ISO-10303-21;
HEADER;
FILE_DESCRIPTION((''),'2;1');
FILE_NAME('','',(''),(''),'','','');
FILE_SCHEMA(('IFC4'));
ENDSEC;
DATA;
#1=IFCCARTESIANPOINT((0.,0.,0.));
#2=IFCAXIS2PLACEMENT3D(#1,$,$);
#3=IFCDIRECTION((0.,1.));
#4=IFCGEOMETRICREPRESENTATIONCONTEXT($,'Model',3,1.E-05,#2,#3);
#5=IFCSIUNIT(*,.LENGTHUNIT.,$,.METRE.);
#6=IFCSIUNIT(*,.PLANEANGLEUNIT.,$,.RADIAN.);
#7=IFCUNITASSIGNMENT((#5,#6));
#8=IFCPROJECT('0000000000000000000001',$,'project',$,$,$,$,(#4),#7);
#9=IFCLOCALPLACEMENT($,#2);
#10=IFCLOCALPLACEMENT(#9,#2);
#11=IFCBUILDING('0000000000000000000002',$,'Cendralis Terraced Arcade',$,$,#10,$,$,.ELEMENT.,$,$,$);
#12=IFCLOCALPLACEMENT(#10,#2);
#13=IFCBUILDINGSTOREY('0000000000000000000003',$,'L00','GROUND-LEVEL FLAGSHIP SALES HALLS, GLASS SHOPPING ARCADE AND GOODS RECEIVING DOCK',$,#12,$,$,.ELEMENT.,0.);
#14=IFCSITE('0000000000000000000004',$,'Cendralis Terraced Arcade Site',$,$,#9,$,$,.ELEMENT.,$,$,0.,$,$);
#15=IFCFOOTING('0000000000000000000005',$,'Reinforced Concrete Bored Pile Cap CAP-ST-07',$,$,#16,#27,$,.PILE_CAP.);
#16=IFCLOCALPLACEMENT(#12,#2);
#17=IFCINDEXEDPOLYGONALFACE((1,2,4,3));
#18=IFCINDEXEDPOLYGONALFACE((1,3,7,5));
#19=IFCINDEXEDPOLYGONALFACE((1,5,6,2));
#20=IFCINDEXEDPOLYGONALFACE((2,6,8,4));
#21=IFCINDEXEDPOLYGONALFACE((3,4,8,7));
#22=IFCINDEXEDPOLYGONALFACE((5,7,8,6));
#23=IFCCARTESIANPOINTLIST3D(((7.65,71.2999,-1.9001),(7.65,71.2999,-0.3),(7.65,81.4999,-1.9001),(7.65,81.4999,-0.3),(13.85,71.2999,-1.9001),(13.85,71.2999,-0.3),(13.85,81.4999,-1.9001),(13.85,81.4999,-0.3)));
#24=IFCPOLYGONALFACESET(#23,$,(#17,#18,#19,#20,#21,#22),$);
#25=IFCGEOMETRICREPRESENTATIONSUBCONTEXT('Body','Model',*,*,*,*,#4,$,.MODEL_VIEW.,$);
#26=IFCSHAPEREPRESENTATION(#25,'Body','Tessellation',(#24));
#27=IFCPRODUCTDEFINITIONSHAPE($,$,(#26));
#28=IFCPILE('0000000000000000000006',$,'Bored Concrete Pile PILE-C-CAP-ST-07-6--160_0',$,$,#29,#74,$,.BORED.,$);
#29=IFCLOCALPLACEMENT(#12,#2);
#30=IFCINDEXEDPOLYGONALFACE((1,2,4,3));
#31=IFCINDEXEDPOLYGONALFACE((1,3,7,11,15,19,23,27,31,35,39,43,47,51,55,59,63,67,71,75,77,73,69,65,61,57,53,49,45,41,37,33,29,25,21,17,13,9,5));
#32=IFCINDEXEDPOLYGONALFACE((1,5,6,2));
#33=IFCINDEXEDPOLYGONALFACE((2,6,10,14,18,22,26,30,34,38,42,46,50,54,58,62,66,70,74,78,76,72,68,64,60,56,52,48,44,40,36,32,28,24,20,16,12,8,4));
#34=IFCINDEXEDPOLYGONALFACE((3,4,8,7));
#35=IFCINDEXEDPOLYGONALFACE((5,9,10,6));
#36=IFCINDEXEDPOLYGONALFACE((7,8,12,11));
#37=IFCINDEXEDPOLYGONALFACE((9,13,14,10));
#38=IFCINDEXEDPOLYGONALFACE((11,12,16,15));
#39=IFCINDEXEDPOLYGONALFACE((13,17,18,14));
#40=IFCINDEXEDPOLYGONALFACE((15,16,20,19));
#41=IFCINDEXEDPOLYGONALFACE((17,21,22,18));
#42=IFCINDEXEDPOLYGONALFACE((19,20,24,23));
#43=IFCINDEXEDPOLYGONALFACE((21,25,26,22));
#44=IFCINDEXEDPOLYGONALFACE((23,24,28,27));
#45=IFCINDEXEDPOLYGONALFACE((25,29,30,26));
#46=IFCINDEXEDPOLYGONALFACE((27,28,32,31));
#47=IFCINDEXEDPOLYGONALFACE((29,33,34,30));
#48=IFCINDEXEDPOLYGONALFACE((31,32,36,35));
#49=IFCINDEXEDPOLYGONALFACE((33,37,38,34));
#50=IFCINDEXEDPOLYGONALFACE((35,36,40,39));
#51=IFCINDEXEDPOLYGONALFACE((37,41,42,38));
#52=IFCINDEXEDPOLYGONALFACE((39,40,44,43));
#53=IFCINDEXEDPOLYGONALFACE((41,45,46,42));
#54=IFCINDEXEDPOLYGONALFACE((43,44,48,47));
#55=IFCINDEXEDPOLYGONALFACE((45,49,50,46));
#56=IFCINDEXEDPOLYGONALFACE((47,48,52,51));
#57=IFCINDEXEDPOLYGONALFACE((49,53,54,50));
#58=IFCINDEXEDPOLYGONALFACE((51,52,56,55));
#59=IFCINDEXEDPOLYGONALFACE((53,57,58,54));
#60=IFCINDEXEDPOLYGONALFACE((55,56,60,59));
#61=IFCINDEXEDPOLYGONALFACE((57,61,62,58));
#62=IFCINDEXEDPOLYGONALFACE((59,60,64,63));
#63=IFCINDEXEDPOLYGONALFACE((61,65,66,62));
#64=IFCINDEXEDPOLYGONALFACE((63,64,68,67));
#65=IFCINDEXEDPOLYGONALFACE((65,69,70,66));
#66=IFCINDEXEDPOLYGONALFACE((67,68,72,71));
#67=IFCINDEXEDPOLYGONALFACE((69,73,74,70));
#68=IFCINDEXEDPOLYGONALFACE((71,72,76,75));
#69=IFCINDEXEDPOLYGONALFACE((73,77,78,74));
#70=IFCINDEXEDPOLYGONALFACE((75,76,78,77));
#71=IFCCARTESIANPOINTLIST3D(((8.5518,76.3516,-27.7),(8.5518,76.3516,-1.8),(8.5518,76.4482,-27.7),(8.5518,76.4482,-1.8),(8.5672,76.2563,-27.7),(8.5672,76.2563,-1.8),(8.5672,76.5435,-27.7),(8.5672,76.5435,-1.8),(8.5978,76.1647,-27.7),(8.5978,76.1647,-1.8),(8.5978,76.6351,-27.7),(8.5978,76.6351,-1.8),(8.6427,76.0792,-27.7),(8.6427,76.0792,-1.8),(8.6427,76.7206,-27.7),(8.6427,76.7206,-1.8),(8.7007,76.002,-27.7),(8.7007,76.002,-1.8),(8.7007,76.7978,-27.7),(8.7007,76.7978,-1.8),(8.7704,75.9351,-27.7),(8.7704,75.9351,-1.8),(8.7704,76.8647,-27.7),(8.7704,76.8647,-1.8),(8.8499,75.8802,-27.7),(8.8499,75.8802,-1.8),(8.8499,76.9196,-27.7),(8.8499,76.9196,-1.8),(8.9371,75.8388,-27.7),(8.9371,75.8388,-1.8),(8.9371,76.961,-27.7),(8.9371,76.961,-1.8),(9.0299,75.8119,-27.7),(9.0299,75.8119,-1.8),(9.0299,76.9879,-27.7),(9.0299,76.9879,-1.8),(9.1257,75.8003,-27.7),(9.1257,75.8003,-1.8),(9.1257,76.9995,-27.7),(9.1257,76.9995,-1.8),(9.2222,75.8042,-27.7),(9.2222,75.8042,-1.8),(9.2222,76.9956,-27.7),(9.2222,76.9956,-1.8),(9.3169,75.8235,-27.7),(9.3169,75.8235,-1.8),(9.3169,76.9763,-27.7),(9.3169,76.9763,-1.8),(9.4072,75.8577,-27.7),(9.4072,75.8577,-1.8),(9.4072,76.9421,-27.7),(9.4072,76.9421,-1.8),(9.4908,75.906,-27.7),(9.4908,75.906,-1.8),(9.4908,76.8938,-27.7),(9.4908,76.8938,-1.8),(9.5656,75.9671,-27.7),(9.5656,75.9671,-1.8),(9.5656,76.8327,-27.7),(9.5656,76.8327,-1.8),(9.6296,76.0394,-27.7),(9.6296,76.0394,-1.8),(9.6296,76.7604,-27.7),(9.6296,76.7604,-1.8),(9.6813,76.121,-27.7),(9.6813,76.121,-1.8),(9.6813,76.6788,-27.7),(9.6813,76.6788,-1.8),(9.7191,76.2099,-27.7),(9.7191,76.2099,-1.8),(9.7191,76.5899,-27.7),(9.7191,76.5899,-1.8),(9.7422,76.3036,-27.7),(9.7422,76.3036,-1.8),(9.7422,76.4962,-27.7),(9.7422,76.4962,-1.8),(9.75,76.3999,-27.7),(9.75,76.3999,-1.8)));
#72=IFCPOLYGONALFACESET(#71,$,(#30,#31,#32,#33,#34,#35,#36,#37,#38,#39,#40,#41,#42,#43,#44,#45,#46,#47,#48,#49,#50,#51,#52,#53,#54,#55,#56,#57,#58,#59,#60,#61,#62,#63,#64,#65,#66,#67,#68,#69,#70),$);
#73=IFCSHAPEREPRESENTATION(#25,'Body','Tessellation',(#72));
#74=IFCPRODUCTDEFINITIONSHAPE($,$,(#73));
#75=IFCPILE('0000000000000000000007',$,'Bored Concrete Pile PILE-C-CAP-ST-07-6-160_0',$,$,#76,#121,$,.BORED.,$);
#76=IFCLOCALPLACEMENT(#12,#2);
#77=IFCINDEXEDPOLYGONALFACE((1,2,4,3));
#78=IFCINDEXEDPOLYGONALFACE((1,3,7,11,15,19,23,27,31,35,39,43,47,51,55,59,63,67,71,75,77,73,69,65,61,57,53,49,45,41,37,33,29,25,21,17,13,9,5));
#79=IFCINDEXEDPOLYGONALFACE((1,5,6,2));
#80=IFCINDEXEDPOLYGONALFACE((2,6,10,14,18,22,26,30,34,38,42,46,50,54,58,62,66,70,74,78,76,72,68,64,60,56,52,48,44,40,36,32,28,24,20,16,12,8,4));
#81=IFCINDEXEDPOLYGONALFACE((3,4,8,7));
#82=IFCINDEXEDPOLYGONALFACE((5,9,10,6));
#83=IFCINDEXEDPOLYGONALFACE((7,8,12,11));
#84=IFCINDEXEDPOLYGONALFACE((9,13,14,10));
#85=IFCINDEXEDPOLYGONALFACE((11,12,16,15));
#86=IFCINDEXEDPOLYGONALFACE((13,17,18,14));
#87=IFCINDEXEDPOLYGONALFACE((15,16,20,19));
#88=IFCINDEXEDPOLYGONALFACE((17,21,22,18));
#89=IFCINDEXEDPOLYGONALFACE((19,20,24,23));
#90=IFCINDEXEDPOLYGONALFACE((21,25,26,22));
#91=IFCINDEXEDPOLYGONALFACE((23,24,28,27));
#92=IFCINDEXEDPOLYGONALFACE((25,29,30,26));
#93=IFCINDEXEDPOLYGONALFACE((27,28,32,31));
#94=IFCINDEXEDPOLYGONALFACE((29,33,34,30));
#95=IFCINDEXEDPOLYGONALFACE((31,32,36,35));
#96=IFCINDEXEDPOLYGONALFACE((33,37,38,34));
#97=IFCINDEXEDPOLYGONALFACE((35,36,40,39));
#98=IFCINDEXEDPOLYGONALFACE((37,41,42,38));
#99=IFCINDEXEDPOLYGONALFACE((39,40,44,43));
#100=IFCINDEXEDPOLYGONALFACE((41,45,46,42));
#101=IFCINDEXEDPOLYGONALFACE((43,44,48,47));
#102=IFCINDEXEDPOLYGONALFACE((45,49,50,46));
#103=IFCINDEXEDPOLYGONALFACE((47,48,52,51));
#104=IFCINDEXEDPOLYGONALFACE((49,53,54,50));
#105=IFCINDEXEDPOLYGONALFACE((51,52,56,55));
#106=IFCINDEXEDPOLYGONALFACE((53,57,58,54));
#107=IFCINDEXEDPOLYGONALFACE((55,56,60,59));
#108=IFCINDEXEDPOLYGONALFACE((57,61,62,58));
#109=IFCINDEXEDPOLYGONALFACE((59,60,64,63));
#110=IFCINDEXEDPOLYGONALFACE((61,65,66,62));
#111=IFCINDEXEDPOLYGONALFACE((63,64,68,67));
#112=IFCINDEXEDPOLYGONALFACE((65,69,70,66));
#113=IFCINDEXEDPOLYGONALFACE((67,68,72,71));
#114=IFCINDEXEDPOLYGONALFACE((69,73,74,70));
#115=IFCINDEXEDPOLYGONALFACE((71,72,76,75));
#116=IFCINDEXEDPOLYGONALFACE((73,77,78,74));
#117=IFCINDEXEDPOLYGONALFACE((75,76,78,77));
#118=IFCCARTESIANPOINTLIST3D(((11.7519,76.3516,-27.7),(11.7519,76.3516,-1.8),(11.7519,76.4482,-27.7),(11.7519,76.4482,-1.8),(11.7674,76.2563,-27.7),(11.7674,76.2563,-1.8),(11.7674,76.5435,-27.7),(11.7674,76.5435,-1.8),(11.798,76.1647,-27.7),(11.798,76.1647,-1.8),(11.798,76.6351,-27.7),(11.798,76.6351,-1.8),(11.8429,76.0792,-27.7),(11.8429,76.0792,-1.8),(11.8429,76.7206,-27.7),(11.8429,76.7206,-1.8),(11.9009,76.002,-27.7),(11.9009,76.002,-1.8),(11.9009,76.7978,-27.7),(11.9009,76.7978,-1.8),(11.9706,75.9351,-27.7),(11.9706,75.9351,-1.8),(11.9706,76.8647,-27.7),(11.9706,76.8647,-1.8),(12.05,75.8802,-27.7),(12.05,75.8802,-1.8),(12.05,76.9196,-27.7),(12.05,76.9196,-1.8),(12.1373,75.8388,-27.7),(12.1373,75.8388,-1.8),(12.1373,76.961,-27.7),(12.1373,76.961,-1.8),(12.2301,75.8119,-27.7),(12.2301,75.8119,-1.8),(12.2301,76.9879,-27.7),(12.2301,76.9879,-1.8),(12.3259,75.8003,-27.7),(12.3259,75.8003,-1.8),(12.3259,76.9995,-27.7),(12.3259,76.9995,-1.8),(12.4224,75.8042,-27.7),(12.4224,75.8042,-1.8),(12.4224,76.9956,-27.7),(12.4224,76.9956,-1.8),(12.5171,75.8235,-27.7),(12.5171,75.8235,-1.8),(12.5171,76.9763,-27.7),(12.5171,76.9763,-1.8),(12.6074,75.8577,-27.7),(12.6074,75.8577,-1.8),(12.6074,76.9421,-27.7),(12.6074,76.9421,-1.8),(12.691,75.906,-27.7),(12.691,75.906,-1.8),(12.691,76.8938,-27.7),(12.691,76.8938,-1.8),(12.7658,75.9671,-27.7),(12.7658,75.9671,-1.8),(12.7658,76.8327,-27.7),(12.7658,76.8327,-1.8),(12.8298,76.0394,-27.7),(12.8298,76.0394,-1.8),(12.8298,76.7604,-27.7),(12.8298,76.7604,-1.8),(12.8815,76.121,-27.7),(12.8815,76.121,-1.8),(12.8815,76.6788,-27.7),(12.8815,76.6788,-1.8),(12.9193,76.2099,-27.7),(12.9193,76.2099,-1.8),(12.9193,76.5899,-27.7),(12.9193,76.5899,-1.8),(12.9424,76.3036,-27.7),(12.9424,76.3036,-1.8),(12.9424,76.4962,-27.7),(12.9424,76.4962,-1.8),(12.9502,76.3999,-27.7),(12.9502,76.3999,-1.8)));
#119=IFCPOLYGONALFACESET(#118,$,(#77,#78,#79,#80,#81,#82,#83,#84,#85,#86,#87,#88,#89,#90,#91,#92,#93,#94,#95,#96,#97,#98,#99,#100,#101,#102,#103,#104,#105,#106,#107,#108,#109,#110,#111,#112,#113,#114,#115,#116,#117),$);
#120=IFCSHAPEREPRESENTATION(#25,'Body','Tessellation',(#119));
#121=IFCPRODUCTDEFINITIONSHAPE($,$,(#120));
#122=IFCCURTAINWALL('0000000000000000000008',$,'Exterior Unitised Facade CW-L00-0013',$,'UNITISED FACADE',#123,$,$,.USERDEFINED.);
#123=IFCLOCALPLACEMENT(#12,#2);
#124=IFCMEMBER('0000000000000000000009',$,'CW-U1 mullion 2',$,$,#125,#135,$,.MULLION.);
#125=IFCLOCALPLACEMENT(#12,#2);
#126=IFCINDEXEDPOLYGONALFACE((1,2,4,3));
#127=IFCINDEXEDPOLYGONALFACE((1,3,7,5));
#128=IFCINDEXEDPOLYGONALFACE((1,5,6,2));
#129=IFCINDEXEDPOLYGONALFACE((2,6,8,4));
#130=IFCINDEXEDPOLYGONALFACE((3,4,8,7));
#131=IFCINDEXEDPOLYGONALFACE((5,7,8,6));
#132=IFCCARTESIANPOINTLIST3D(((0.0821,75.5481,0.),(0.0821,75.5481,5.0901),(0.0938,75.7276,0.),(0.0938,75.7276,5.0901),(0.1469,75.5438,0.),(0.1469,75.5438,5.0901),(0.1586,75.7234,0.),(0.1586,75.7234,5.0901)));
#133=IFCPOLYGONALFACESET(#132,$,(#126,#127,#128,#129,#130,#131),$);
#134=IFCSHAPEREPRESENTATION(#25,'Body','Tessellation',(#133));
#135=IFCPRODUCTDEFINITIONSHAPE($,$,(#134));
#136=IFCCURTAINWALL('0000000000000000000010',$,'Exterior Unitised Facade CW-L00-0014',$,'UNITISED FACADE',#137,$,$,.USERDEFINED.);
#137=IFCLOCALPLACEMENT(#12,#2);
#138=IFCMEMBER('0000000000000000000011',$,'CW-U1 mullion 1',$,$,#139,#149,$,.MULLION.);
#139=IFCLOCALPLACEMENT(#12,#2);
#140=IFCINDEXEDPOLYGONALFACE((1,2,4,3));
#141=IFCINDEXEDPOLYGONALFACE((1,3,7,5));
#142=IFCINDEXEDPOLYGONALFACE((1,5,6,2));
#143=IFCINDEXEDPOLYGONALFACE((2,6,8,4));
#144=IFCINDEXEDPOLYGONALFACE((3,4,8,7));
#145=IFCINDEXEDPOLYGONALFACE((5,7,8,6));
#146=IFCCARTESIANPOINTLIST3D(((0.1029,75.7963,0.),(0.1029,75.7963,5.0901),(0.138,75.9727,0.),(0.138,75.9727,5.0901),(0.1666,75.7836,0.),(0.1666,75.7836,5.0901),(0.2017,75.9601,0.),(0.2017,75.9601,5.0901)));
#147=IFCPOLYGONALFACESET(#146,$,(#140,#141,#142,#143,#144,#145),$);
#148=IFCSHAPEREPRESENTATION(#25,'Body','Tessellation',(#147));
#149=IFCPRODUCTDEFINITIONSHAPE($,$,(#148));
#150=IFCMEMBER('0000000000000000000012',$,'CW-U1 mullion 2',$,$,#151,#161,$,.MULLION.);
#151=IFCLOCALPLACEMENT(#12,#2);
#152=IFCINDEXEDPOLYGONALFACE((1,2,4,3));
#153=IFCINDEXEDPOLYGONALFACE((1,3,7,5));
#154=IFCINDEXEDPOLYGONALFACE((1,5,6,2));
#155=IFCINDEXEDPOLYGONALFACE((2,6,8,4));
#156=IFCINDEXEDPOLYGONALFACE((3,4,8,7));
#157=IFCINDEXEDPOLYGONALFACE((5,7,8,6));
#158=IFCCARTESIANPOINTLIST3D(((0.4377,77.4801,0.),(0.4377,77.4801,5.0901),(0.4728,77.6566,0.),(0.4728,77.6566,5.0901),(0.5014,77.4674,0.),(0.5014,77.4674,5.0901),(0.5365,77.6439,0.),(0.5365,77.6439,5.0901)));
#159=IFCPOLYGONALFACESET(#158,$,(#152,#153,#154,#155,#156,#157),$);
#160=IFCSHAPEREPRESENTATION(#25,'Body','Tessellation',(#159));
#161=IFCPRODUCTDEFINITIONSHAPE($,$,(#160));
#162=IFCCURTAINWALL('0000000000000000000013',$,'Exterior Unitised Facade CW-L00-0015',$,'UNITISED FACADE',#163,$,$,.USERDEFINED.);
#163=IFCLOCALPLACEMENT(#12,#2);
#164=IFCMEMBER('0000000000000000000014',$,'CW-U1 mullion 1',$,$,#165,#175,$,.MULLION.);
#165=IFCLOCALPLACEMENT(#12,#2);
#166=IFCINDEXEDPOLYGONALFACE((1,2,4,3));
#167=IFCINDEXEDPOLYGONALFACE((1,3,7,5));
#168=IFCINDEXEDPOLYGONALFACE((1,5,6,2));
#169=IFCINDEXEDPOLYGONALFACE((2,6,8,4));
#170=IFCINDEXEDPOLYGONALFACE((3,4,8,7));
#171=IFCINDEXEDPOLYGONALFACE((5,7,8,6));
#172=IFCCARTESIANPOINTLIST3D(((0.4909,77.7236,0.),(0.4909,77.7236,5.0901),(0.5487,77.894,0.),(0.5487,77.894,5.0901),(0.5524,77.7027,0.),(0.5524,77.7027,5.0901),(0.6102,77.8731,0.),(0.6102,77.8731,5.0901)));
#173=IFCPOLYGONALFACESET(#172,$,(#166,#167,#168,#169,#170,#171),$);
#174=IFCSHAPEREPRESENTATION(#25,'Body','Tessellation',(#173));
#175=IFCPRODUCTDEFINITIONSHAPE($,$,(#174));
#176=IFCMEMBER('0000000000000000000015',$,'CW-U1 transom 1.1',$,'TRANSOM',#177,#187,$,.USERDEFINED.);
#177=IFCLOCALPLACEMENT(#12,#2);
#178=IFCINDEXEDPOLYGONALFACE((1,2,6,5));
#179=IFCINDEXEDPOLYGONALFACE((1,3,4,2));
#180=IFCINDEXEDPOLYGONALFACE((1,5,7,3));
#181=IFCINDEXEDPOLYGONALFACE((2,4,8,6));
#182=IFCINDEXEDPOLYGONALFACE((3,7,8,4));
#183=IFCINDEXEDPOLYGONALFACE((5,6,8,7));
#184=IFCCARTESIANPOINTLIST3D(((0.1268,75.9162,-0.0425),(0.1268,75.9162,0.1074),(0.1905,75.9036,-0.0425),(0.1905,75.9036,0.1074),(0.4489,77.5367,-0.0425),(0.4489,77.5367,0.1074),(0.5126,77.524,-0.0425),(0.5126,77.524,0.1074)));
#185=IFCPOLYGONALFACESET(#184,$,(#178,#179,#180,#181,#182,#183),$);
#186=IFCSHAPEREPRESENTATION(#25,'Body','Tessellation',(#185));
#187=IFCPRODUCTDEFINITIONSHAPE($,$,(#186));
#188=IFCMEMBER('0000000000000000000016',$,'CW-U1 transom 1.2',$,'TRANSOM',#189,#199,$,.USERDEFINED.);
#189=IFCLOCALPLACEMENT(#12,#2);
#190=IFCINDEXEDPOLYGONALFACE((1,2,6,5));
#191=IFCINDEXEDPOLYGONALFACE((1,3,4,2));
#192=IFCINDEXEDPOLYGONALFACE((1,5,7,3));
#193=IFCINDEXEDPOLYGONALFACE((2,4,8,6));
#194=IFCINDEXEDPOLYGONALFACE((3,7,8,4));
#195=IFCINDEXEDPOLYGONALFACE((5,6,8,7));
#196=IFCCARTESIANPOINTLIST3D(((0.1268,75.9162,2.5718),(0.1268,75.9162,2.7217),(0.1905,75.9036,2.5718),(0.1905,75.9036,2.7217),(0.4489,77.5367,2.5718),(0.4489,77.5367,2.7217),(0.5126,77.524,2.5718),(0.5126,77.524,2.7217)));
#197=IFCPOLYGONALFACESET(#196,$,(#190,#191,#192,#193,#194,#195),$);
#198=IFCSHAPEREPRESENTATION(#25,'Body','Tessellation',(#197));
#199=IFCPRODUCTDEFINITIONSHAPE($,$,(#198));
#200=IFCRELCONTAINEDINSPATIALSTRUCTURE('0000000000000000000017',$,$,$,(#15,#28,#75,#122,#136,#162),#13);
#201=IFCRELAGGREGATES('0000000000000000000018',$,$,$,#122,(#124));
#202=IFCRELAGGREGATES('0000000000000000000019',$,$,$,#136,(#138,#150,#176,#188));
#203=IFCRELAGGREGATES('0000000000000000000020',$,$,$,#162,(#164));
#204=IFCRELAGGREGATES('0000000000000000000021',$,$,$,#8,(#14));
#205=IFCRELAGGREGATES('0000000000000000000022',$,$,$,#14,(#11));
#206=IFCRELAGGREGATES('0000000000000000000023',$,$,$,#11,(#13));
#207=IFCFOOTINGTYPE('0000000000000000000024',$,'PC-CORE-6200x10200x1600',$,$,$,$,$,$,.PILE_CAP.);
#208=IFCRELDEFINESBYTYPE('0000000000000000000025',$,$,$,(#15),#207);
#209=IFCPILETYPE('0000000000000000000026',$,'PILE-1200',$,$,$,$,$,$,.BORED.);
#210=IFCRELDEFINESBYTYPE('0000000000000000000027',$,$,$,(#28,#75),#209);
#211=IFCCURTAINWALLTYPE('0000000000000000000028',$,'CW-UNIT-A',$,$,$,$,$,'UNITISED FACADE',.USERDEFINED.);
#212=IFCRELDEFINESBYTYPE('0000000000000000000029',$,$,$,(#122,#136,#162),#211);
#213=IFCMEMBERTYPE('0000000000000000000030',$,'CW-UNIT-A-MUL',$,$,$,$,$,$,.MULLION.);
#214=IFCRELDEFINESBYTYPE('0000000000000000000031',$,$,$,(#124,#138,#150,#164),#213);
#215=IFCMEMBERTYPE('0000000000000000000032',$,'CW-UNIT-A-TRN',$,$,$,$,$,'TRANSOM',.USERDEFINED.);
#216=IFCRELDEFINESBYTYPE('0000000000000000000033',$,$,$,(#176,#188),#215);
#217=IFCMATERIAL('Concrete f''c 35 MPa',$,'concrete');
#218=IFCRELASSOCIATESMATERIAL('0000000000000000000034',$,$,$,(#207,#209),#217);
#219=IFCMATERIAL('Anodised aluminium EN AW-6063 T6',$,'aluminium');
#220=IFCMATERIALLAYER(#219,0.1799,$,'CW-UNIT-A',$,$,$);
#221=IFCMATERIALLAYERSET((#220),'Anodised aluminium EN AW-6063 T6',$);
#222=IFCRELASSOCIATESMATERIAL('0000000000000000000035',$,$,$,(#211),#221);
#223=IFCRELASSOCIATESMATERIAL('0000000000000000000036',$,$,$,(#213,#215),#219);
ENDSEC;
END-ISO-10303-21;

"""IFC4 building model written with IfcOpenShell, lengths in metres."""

from ifc_helpers import new_model, si_unit, direction, frame, origin, origin_2d, place, context, subcontext, project, spatial, rectangle, circle, extrude, material, layer, layer_set, material_profile, profile_set, type_object, element, aggregate, save


model = new_model("IFC4")

# Units and contexts
model_context = context("Model", 3, precision=1e-05, world=origin(), true_north=direction((0.0, 1.0)))
body_context = subcontext(model_context, "Body", "Model", "MODEL_VIEW")
ifc_project = project(units=[si_unit("LENGTHUNIT", "METRE"), si_unit("PLANEANGLEUNIT", "RADIAN")], contexts=[model_context])

# Site, building, storey
site_placement = place(None, origin())
site = spatial("IfcSite", under=ifc_project, at=site_placement, Name="Cendralis Terraced Arcade Site", CompositionType="ELEMENT", RefElevation=0.0)
building_placement = place(site_placement, origin())
building = spatial("IfcBuilding", under=site, at=building_placement, Name="Cendralis Terraced Arcade", CompositionType="ELEMENT")
storey_placement = place(building_placement, origin())
storey = spatial("IfcBuildingStorey", under=building, at=storey_placement, Name="L00", Description="GROUND-LEVEL FLAGSHIP SALES HALLS, GLASS SHOPPING ARCADE AND GOODS RECEIVING DOCK", CompositionType="ELEMENT", Elevation=0.0)

# Footing
ifc_material_1 = material(Name="Concrete f'c 35 MPa", Category="concrete")
footing_type = type_object("IfcFootingType", Name="PC-CORE-6200x10200x1600", PredefinedType="PILE_CAP", material=ifc_material_1)
footing_placement = place(storey_placement, frame((10.75, 76.3999, -1.9001), z_axis=(0.0, 0.0, 1.0), x_axis=(1.0, 0.0, 0.0)))
element("IfcFooting", 1, at=footing_placement, inside=storey, type_object=footing_type, Name="Reinforced Concrete Bored Pile Cap CAP-ST-07", PredefinedType="PILE_CAP", context=body_context, shape_type="SweptSolid", body=[
    extrude(rectangle(XDim=6.2, YDim=10.2, at=origin_2d()), origin(), (0.0, 0.0, 1.0), 1.6001),
])

# Piles
ifc_material_profile_1 = material_profile(ifc_material_1, circle(Radius=0.6001, at=origin_2d()), Name="PILE-D1200", Category="LoadBearing")
ifc_profile_set_1 = profile_set([ifc_material_profile_1], Name="Concrete f'c 35 MPa")
pile_type = type_object("IfcPileType", Name="PILE-1200", PredefinedType="BORED", material=ifc_profile_set_1)
for number, where, z_axis, x_axis, name in (
    (2, (9.1499, 76.3999, -1.8), (0.0, 0.0, -1.0), (1.0, 0.0, 0.0), "Bored Concrete Pile PILE-C-CAP-ST-07-6--160_0"),
    (3, (12.3501, 76.3999, -1.8), (0.0, 0.0, -1.0), (1.0, 0.0, 0.0), "Bored Concrete Pile PILE-C-CAP-ST-07-6-160_0"),
):
    element("IfcPile", number, at=place(storey_placement, frame(where, z_axis=z_axis, x_axis=x_axis)), inside=storey, type_object=pile_type, Name=name, PredefinedType="BORED", context=body_context, shape_type="SweptSolid", body=[
        extrude(circle(Radius=0.6001, at=origin_2d()), origin(), (0.0, 0.0, 1.0), 25.8999),
    ])

# Curtain wall, member
ifc_material_2 = material(Name="Anodised aluminium EN AW-6063 T6", Category="aluminium")
ifc_layer_1 = layer(ifc_material_2, 0.1799, Name="CW-UNIT-A")
ifc_layer_set_1 = layer_set([ifc_layer_1], Name="Anodised aluminium EN AW-6063 T6")
curtain_wall_type = type_object("IfcCurtainWallType", Name="CW-UNIT-A", ElementType="UNITISED FACADE", PredefinedType="USERDEFINED", material=ifc_layer_set_1)
curtain_wall_1_placement = place(storey_placement, origin())
curtain_wall_1 = element("IfcCurtainWall", 4, at=curtain_wall_1_placement, inside=storey, type_object=curtain_wall_type, Name="Exterior Unitised Facade CW-L00-0013", ObjectType="UNITISED FACADE", PredefinedType="USERDEFINED")
ifc_material_profile_2 = material_profile(ifc_material_2, rectangle(XDim=0.0649, YDim=0.1799, at=origin_2d()), Name="ALU-MUL-65x180")
ifc_profile_set_2 = profile_set([ifc_material_profile_2], Name="Anodised aluminium EN AW-6063 T6")
member_type_1 = type_object("IfcMemberType", Name="CW-UNIT-A-MUL", PredefinedType="MULLION", material=ifc_profile_set_2)
member_1_placement = place(storey_placement, frame((0.1204, 75.6357, 0.0), z_axis=(0.0, 0.0, 1.0), x_axis=(-0.997861, 0.065372, 0.0)))
member_1 = element("IfcMember", 5, at=member_1_placement, type_object=member_type_1, Name="CW-U1 mullion 2", PredefinedType="MULLION", context=body_context, shape_type="SweptSolid", body=[
    extrude(rectangle(XDim=0.0649, YDim=0.1799, at=origin_2d()), origin(), (0.0, 0.0, 1.0), 5.0901),
])

# Curtain wall, members
curtain_wall_2_placement = place(storey_placement, origin())
curtain_wall_2 = element("IfcCurtainWall", 6, at=curtain_wall_2_placement, inside=storey, type_object=curtain_wall_type, Name="Exterior Unitised Facade CW-L00-0014", ObjectType="UNITISED FACADE", PredefinedType="USERDEFINED")
member_2_placement = place(storey_placement, frame((0.1523, 75.8782, 0.0), z_axis=(0.0, 0.0, 1.0), x_axis=(-0.980792, 0.195058, 0.0)))
member_2 = element("IfcMember", 7, at=member_2_placement, type_object=member_type_1, Name="CW-U1 mullion 1", PredefinedType="MULLION", context=body_context, shape_type="SweptSolid", body=[
    extrude(rectangle(XDim=0.0649, YDim=0.1799, at=origin_2d()), origin(), (0.0, 0.0, 1.0), 5.0901),
])
member_3_placement = place(storey_placement, frame((0.4871, 77.562, 0.0), z_axis=(0.0, 0.0, 1.0), x_axis=(-0.980792, 0.195058, 0.0)))
member_3 = element("IfcMember", 8, at=member_3_placement, type_object=member_type_1, Name="CW-U1 mullion 2", PredefinedType="MULLION", context=body_context, shape_type="SweptSolid", body=[
    extrude(rectangle(XDim=0.0649, YDim=0.1799, at=origin_2d()), origin(), (0.0, 0.0, 1.0), 5.0901),
])

# Curtain wall, member
curtain_wall_3_placement = place(storey_placement, origin())
curtain_wall_3 = element("IfcCurtainWall", 9, at=curtain_wall_3_placement, inside=storey, type_object=curtain_wall_type, Name="Exterior Unitised Facade CW-L00-0015", ObjectType="UNITISED FACADE", PredefinedType="USERDEFINED")
member_4_placement = place(storey_placement, frame((0.5505, 77.7983, 0.0), z_axis=(0.0, 0.0, 1.0), x_axis=(-0.946924, 0.321458, 0.0)))
member_4 = element("IfcMember", 10, at=member_4_placement, type_object=member_type_1, Name="CW-U1 mullion 1", PredefinedType="MULLION", context=body_context, shape_type="SweptSolid", body=[
    extrude(rectangle(XDim=0.0649, YDim=0.1799, at=origin_2d()), origin(), (0.0, 0.0, 1.0), 5.0901),
])

# Members
ifc_material_profile_3 = material_profile(ifc_material_2, rectangle(XDim=0.0649, YDim=0.1499, at=origin_2d()), Name="ALU-TRN-65x150")
ifc_profile_set_3 = profile_set([ifc_material_profile_3], Name="Anodised aluminium EN AW-6063 T6")
member_type_2 = type_object("IfcMemberType", Name="CW-UNIT-A-TRN", ElementType="TRANSOM", PredefinedType="USERDEFINED", material=ifc_profile_set_3)
member_5_placement = place(storey_placement, frame((0.1587, 75.9099, 0.0325), z_axis=(0.194922, 0.980819, 0.0), x_axis=(-0.980819, 0.194922, 0.0)))
member_5 = element("IfcMember", 11, at=member_5_placement, type_object=member_type_2, Name="CW-U1 transom 1.1", ObjectType="TRANSOM", PredefinedType="USERDEFINED", context=body_context, shape_type="SweptSolid", body=[
    extrude(rectangle(XDim=0.0649, YDim=0.1499, at=origin_2d()), origin(), (0.0, 0.0, 1.0), 1.6521),
])
member_6_placement = place(storey_placement, frame((0.1587, 75.9099, 2.6467), z_axis=(0.194922, 0.980819, 0.0), x_axis=(-0.980819, 0.194922, 0.0)))
member_6 = element("IfcMember", 12, at=member_6_placement, type_object=member_type_2, Name="CW-U1 transom 1.2", ObjectType="TRANSOM", PredefinedType="USERDEFINED", context=body_context, shape_type="SweptSolid", body=[
    extrude(rectangle(XDim=0.0649, YDim=0.1499, at=origin_2d()), origin(), (0.0, 0.0, 1.0), 1.6521),
])

aggregate(curtain_wall_1, [member_1])
aggregate(curtain_wall_2, [member_2, member_3, member_5, member_6])
aggregate(curtain_wall_3, [member_4])

save(model, "model.ifc")
